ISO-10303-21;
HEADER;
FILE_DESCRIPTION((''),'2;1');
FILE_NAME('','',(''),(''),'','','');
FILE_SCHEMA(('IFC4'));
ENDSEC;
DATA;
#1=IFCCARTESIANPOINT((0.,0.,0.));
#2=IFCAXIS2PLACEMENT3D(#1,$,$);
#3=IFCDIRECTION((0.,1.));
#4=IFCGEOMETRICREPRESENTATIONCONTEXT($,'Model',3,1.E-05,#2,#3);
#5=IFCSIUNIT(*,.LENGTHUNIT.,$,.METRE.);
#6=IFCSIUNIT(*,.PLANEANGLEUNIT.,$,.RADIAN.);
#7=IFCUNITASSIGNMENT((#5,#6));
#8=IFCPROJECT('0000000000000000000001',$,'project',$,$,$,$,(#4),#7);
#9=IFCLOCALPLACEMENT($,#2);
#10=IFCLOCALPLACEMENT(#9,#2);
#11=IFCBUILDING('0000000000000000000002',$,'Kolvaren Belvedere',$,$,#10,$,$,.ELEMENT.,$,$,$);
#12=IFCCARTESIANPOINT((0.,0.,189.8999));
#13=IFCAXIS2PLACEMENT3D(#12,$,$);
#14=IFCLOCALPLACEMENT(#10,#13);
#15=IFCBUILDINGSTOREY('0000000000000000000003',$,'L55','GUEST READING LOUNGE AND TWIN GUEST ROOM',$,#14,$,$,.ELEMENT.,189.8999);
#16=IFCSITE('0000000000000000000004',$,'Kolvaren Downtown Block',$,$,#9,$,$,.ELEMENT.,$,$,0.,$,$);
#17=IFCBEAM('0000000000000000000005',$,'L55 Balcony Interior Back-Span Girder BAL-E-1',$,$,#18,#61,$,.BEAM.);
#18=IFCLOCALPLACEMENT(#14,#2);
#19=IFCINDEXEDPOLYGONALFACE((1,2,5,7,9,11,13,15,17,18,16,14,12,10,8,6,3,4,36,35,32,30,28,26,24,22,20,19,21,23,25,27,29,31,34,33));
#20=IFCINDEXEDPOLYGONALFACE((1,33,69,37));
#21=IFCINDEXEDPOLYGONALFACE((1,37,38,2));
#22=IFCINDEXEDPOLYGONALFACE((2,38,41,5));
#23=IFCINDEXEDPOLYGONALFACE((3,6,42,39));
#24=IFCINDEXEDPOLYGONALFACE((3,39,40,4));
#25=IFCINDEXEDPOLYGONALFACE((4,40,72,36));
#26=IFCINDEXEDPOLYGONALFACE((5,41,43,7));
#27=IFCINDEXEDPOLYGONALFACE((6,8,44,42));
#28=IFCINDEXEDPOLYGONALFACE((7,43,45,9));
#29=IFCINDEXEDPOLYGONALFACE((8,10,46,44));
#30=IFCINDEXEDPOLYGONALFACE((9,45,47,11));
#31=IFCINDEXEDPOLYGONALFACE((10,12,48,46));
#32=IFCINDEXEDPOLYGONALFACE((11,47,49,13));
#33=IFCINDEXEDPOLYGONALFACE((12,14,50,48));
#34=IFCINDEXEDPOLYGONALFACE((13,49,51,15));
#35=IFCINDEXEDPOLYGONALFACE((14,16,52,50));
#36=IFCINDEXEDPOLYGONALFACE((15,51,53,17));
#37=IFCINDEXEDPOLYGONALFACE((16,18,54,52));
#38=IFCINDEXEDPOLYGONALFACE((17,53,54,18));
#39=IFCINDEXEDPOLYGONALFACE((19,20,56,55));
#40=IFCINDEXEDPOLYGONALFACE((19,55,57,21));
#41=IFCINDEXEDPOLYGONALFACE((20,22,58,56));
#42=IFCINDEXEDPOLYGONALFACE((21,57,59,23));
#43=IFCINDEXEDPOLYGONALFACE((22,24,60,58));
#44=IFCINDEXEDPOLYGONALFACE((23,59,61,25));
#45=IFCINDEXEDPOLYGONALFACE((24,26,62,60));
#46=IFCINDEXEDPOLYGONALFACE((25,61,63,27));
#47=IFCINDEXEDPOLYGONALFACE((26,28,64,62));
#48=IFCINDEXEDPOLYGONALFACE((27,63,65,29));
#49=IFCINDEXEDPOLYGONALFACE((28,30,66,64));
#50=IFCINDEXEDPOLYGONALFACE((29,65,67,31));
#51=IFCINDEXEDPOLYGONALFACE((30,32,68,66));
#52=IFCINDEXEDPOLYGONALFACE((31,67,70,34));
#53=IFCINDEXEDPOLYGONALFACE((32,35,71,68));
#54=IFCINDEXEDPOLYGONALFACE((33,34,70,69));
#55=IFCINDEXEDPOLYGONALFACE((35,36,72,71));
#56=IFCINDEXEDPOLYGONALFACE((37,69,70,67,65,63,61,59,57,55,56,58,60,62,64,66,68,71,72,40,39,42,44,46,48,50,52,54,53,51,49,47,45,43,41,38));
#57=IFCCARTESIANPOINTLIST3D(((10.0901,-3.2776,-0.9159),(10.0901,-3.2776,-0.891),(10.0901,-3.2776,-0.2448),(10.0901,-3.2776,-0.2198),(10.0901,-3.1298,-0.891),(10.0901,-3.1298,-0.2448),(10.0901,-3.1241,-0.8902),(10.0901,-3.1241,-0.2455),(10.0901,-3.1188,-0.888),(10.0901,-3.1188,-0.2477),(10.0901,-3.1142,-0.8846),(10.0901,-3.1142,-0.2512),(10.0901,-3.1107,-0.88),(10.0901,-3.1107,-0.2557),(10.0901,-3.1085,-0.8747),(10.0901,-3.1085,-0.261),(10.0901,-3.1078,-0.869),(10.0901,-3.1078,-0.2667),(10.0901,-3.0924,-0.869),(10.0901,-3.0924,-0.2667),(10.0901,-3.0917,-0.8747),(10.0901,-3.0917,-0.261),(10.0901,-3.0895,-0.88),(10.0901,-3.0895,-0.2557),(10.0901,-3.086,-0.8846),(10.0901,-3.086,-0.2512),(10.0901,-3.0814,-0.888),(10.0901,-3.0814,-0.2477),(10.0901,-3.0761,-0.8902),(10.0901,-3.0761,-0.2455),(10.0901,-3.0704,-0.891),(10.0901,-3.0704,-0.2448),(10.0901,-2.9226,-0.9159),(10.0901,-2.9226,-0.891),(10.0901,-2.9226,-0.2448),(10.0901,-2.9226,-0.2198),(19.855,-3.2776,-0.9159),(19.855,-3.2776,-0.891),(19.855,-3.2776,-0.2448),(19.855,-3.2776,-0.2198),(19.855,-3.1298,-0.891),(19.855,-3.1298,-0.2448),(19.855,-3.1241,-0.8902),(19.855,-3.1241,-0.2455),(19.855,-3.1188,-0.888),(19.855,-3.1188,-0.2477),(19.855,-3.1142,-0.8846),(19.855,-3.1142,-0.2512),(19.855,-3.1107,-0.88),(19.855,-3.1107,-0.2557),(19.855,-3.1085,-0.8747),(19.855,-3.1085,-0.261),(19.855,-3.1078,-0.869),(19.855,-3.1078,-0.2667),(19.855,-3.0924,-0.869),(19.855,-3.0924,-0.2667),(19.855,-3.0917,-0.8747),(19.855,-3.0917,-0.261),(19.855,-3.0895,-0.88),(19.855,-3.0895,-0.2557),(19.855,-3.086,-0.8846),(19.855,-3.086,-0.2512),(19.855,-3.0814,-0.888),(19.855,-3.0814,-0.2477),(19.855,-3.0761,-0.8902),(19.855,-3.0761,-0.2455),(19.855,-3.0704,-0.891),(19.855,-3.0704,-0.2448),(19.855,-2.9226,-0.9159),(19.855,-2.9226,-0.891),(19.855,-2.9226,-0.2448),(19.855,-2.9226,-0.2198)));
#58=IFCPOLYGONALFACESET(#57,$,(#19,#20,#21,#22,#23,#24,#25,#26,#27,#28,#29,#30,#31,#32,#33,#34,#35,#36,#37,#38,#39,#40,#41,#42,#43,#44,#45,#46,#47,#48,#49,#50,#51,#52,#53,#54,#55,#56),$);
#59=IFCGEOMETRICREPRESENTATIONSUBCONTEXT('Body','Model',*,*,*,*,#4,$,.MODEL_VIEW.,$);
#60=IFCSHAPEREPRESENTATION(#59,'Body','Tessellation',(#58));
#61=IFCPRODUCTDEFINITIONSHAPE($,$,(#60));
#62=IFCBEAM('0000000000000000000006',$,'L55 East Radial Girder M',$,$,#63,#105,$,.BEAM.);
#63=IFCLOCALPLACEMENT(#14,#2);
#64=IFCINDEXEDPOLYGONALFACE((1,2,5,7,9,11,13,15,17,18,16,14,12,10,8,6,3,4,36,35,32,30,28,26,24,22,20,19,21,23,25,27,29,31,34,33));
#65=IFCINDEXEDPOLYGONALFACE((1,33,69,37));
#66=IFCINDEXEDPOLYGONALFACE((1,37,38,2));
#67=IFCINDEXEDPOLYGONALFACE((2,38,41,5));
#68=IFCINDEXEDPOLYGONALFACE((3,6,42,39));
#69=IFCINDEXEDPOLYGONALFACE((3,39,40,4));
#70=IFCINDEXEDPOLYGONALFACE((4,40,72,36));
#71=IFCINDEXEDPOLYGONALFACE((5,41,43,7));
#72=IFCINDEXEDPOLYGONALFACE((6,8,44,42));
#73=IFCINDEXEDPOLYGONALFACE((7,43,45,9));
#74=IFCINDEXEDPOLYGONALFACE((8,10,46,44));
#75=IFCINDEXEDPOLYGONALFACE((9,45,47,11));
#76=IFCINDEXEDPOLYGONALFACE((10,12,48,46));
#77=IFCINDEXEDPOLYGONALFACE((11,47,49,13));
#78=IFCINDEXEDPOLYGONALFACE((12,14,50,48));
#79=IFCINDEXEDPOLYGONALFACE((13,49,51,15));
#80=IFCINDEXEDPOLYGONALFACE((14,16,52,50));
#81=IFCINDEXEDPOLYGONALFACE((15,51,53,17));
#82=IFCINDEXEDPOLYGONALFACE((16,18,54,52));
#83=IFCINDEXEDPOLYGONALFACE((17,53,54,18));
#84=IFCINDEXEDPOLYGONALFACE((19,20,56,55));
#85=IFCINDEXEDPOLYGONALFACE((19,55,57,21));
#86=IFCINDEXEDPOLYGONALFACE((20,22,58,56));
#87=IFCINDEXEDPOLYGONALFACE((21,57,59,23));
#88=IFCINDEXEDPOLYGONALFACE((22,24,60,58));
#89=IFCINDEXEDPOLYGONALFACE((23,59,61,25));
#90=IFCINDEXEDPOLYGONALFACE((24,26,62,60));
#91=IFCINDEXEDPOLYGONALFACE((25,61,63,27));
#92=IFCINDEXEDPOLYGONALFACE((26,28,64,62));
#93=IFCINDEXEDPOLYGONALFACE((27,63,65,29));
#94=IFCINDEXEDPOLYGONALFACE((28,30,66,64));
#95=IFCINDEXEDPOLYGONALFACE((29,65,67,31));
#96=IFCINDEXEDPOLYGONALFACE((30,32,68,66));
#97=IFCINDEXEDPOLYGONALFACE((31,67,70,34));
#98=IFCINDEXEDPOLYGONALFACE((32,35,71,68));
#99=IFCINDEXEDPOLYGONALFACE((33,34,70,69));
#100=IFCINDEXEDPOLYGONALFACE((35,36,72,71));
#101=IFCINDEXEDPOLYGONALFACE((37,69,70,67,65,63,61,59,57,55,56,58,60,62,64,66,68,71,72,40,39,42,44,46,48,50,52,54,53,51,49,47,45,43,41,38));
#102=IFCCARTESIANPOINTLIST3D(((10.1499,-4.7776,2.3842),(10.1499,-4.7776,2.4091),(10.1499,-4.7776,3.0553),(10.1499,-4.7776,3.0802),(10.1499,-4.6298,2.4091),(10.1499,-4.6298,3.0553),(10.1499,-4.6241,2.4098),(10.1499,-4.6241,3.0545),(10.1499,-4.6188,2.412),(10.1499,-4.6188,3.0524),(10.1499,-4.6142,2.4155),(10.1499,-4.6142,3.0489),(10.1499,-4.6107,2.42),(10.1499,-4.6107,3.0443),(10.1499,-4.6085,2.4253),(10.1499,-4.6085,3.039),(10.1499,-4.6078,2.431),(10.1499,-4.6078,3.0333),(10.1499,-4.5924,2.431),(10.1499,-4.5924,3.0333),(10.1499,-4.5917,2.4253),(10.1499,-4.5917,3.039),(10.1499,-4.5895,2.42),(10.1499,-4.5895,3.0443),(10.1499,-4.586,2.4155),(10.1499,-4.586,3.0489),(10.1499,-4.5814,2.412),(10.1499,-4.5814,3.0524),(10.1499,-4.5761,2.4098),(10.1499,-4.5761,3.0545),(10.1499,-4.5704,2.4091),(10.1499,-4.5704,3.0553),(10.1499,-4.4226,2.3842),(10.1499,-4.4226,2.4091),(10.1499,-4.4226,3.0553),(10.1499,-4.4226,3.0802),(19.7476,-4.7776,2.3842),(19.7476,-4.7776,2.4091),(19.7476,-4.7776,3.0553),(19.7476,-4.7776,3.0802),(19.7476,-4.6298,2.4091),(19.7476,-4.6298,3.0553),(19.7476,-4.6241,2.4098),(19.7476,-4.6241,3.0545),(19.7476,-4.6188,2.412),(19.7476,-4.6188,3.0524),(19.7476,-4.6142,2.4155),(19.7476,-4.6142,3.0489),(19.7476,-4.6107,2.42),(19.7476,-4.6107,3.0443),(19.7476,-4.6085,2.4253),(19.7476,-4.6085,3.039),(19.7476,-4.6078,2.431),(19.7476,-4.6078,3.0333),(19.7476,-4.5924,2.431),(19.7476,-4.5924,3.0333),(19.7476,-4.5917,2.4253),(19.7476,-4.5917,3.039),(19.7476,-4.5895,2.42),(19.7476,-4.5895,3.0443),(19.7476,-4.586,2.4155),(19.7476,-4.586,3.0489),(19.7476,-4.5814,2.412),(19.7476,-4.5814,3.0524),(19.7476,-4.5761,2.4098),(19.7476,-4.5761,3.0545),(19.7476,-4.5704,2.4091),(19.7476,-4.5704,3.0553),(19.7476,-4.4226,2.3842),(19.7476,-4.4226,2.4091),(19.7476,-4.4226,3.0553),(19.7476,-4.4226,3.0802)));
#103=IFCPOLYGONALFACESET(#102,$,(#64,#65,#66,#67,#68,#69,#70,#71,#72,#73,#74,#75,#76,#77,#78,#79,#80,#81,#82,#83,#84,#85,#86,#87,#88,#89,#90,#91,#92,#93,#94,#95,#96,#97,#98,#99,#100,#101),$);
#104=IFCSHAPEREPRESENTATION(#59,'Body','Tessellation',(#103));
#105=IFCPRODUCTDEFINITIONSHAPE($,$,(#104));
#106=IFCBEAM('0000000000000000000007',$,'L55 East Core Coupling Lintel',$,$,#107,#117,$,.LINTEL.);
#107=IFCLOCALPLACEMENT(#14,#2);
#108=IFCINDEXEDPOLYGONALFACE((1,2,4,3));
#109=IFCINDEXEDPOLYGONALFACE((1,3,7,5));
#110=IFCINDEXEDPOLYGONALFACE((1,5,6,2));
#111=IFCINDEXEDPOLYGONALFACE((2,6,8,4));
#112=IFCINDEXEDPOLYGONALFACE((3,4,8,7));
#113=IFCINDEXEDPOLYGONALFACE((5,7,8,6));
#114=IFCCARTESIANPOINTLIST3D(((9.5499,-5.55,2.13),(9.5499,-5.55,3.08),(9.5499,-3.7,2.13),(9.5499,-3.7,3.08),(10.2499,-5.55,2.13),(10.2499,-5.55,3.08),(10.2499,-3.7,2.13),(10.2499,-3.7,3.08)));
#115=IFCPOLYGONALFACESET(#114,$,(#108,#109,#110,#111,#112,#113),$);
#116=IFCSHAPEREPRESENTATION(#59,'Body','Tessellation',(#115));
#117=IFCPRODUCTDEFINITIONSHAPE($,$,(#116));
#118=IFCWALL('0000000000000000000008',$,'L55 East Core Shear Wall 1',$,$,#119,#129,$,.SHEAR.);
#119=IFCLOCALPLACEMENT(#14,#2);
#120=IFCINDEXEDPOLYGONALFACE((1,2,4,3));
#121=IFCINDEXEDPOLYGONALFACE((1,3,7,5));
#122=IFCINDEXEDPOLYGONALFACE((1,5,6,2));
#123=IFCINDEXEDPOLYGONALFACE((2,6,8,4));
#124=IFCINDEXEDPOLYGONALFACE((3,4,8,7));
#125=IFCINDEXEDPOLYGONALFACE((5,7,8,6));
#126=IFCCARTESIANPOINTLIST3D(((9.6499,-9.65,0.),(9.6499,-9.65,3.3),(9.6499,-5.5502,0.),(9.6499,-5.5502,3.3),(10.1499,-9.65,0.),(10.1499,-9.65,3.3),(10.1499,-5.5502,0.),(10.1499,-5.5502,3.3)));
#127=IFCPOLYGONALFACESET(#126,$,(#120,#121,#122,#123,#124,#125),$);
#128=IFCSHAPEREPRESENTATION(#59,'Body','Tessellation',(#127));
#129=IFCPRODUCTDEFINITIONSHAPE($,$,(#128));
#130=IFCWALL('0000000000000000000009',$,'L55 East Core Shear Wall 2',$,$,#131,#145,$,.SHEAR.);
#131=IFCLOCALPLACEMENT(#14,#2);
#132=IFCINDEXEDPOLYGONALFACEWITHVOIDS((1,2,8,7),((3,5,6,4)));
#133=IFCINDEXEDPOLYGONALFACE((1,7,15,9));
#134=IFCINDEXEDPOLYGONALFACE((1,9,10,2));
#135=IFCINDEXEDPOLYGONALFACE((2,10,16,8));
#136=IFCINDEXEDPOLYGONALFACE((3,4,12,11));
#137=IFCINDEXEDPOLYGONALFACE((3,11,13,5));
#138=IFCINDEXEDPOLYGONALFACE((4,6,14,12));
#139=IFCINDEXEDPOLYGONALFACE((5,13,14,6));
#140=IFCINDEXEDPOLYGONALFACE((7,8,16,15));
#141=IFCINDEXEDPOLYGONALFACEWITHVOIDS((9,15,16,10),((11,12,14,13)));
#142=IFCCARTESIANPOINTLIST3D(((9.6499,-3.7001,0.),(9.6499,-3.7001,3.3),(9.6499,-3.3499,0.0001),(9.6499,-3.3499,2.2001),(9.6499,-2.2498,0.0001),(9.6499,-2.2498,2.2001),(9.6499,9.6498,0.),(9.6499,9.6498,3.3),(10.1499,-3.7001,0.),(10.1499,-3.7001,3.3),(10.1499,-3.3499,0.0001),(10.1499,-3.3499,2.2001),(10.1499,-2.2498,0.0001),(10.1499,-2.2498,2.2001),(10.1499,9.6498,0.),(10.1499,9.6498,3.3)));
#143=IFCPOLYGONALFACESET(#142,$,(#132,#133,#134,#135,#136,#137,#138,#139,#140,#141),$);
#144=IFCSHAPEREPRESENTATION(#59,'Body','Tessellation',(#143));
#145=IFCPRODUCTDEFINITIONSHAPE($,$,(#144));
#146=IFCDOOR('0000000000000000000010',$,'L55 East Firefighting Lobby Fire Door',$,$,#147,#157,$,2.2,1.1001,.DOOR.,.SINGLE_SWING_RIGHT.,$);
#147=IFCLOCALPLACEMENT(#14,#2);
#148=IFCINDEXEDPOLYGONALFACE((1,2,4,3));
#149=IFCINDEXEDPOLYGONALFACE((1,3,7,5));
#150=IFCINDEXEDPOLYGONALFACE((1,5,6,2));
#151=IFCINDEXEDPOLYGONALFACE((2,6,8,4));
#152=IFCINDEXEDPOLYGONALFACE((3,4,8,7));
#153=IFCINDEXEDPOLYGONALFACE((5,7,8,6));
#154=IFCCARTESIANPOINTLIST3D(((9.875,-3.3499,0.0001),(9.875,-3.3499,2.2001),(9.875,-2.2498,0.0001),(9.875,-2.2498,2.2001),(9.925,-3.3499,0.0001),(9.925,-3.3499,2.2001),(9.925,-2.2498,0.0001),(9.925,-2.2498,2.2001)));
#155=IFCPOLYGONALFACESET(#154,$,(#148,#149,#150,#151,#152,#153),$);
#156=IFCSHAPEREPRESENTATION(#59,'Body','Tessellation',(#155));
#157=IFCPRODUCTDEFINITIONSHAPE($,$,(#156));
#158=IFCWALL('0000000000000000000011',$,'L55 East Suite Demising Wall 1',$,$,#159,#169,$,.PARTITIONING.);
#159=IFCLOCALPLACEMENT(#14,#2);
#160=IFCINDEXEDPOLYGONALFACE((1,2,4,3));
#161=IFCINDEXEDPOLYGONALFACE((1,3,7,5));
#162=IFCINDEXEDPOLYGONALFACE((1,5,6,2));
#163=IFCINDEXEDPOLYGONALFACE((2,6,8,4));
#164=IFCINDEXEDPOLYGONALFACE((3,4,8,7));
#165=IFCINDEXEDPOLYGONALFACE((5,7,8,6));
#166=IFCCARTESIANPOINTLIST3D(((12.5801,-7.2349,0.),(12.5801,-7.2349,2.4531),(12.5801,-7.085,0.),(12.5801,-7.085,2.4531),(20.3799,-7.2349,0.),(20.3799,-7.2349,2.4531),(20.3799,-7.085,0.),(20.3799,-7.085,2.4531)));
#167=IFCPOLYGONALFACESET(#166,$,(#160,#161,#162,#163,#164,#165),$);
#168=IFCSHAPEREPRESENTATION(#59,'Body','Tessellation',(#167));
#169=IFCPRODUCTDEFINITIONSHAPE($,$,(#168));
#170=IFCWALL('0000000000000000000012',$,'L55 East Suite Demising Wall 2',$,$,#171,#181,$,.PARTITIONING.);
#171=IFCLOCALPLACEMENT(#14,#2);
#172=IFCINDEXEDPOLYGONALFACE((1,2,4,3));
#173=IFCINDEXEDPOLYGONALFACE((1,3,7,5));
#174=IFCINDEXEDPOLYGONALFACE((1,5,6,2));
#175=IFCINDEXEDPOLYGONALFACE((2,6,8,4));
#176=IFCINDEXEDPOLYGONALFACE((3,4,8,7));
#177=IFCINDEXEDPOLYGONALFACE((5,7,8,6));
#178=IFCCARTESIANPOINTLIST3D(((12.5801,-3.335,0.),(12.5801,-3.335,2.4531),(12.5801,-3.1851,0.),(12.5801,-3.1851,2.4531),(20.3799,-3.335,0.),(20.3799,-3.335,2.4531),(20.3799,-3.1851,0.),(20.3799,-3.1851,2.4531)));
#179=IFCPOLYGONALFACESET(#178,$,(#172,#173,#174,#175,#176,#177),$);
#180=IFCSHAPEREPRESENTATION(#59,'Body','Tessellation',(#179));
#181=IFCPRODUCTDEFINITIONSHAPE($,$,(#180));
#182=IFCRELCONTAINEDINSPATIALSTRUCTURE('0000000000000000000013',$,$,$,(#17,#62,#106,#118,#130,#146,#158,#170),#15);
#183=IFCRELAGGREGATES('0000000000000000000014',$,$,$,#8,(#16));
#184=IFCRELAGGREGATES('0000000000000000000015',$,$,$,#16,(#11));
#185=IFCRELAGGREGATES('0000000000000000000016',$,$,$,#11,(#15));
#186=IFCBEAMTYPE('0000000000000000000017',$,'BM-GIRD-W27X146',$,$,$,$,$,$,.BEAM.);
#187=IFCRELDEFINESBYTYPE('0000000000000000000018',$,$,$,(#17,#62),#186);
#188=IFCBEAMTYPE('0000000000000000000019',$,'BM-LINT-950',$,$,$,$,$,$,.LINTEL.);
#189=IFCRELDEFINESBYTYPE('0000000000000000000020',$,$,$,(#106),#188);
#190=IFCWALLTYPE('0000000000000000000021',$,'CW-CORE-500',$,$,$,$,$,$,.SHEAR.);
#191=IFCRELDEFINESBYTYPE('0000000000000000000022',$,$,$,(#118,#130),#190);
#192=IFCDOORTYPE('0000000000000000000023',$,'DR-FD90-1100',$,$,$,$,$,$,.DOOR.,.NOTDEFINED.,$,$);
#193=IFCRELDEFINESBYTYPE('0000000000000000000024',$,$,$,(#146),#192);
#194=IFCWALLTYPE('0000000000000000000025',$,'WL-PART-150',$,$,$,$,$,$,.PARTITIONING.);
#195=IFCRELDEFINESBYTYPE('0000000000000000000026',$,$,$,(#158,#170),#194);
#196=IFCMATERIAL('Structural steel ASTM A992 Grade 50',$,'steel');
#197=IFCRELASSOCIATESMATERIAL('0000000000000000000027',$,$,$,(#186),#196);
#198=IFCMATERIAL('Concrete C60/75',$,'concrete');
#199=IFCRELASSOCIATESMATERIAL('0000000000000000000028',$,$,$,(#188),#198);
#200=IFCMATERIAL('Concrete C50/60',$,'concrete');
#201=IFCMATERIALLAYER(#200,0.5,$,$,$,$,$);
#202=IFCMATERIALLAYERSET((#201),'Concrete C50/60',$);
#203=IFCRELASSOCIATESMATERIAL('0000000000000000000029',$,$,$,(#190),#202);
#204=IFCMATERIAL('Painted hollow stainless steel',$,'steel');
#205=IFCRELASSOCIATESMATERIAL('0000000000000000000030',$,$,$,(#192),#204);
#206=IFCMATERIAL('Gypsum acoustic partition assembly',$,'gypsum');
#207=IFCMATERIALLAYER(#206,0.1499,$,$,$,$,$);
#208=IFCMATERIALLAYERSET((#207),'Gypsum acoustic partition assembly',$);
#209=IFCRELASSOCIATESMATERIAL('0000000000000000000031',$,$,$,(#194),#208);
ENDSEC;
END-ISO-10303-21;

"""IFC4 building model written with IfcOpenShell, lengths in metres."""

from ifc_helpers import new_model, si_unit, direction, frame, frame_2d, origin, origin_2d, place, context, subcontext, project, spatial, rectangle, i_section, extrude, material, layer, layer_set, material_profile, profile_set, type_object, element, fill, save


model = new_model("IFC4")

# Units and contexts
model_context = context("Model", 3, precision=1e-05, world=origin(), true_north=direction((0.0, 1.0)))
body_context = subcontext(model_context, "Body", "Model", "MODEL_VIEW")
ifc_project = project(units=[si_unit("LENGTHUNIT", "METRE"), si_unit("PLANEANGLEUNIT", "RADIAN")], contexts=[model_context])

# Site, building, storey
site_placement = place(None, origin())
site = spatial("IfcSite", under=ifc_project, at=site_placement, Name="Kolvaren Downtown Block", CompositionType="ELEMENT", RefElevation=0.0)
building_placement = place(site_placement, origin())
building = spatial("IfcBuilding", under=site, at=building_placement, Name="Kolvaren Belvedere", CompositionType="ELEMENT")
storey_placement = place(building_placement, frame((0.0, 0.0, 189.8999)))
storey = spatial("IfcBuildingStorey", under=building, at=storey_placement, Name="L55", Description="GUEST READING LOUNGE AND TWIN GUEST ROOM", CompositionType="ELEMENT", Elevation=189.8999)

# Beams
ifc_material_1 = material(Name="Structural steel ASTM A992 Grade 50", Category="steel")
ifc_material_profile_1 = material_profile(ifc_material_1, i_section(OverallWidth=0.355, OverallDepth=0.696, WebThickness=0.0154, FlangeThickness=0.0249, FilletRadius=0.022, at=origin_2d()), Name="W27X146")
ifc_profile_set_1 = profile_set([ifc_material_profile_1], Name="Structural steel ASTM A992 Grade 50")
beam_type_1 = type_object("IfcBeamType", Name="BM-GIRD-W27X146", PredefinedType="BEAM", material=ifc_profile_set_1)
beam_1_placement = place(storey_placement, frame((10.0901, -3.1001, -0.5679), z_axis=(1.0, 0.0, 0.0), x_axis=(0.0, 1.0, 0.0)))
element("IfcBeam", 1, at=beam_1_placement, inside=storey, type_object=beam_type_1, Name="L55 Balcony Interior Back-Span Girder BAL-E-1", PredefinedType="BEAM", context=body_context, shape_type="SweptSolid", body=[
    extrude(i_section(OverallWidth=0.355, OverallDepth=0.696, WebThickness=0.0154, FlangeThickness=0.0249, FilletRadius=0.022, at=origin_2d()), origin(), (0.0, 0.0, 1.0), 9.7649),
])
beam_2_placement = place(storey_placement, frame((10.1499, -4.6001, 2.7322), z_axis=(1.0, 0.0, 0.0), x_axis=(0.0, 1.0, 0.0)))
element("IfcBeam", 2, at=beam_2_placement, inside=storey, type_object=beam_type_1, Name="L55 East Radial Girder M", PredefinedType="BEAM", context=body_context, shape_type="SweptSolid", body=[
    extrude(i_section(OverallWidth=0.355, OverallDepth=0.696, WebThickness=0.0154, FlangeThickness=0.0249, FilletRadius=0.022, at=origin_2d()), origin(), (0.0, 0.0, 1.0), 9.5977),
])
ifc_material_2 = material(Name="Concrete C60/75", Category="concrete")
ifc_material_profile_2 = material_profile(ifc_material_2, rectangle(XDim=0.7, YDim=0.95, at=origin_2d()), Name="RC 700X950")
ifc_profile_set_2 = profile_set([ifc_material_profile_2], Name="Concrete C60/75")
beam_type_2 = type_object("IfcBeamType", Name="BM-LINT-950", PredefinedType="LINTEL", material=ifc_profile_set_2)
beam_3_placement = place(storey_placement, frame((9.8999, -5.55, 2.605), z_axis=(0.0, 1.0, 0.0), x_axis=(-1.0, 0.0, 0.0)))
element("IfcBeam", 3, at=beam_3_placement, inside=storey, type_object=beam_type_2, Name="L55 East Core Coupling Lintel", PredefinedType="LINTEL", context=body_context, shape_type="SweptSolid", body=[
    extrude(rectangle(XDim=0.7, YDim=0.95, at=origin_2d()), origin(), (0.0, 0.0, 1.0), 1.8501),
])

# Wall
ifc_material_3 = material(Name="Concrete C50/60", Category="concrete")
ifc_layer_1 = layer(ifc_material_3, 0.5)
ifc_layer_set_1 = layer_set([ifc_layer_1], Name="Concrete C50/60")
wall_type_1 = type_object("IfcWallType", Name="CW-CORE-500", PredefinedType="SHEAR", material=ifc_layer_set_1)
wall_1_placement = place(storey_placement, frame((9.8999, -9.6499, 0.0), z_axis=(0.0, 0.0, 1.0), x_axis=(0.0, 1.0, 0.0)))
element("IfcWall", 4, at=wall_1_placement, inside=storey, type_object=wall_type_1, Name="L55 East Core Shear Wall 1", PredefinedType="SHEAR", context=body_context, shape_type="SweptSolid", body=[
    extrude(rectangle(XDim=4.0999, YDim=0.5, at=frame_2d((2.0498, 0.0))), origin(), (0.0, 0.0, 1.0), 3.3),
])

# Wall, opening, door
wall_2_placement = place(storey_placement, frame((9.8999, -3.7, 0.0), z_axis=(0.0, 0.0, 1.0), x_axis=(0.0, 1.0, 0.0)))
wall_2 = element("IfcWall", 5, at=wall_2_placement, inside=storey, type_object=wall_type_1, Name="L55 East Core Shear Wall 2", PredefinedType="SHEAR", context=body_context, shape_type="SweptSolid", body=[
    extrude(rectangle(XDim=13.3499, YDim=0.5, at=frame_2d((6.6748, 0.0))), origin(), (0.0, 0.0, 1.0), 3.3),
])
opening_1_placement = place(wall_2_placement, frame((0.3501, 0.0, 0.0)))
opening_1 = element("IfcOpeningElement", 6, at=opening_1_placement, cuts=wall_2, PredefinedType="OPENING", context=body_context, shape_type="SweptSolid", body=[
    extrude(rectangle(XDim=1.1001, YDim=2.2, at=frame_2d((0.55, 1.1001))), frame((0.0, 0.26, 0.0), z_axis=(0.0, -1.0, 0.0), x_axis=(1.0, 0.0, 0.0)), (0.0, 0.0, 1.0), 0.52),
])
ifc_material_4 = material(Name="Painted hollow stainless steel", Category="steel")
door_type_1 = type_object("IfcDoorType", Name="DR-FD90-1100", OperationType="NOTDEFINED", PredefinedType="DOOR", material=ifc_material_4)
door_1_placement = place(opening_1_placement, origin())
door_1 = element("IfcDoor", 7, at=door_1_placement, inside=storey, type_object=door_type_1, Name="L55 East Firefighting Lobby Fire Door", OperationType="SINGLE_SWING_RIGHT", OverallHeight=2.2, OverallWidth=1.1001, PredefinedType="DOOR", context=body_context, shape_type="SweptSolid", body=[
    extrude(rectangle(XDim=1.1001, YDim=2.2, at=frame_2d((0.55, 1.1001))), frame((0.0, 0.0249, 0.0), z_axis=(0.0, -1.0, 0.0), x_axis=(1.0, 0.0, 0.0)), (0.0, 0.0, 1.0), 0.05),
])
fill(opening_1, door_1)

# Walls
ifc_material_5 = material(Name="Gypsum acoustic partition assembly", Category="gypsum")
ifc_layer_2 = layer(ifc_material_5, 0.1499)
ifc_layer_set_2 = layer_set([ifc_layer_2], Name="Gypsum acoustic partition assembly")
wall_type_2 = type_object("IfcWallType", Name="WL-PART-150", PredefinedType="PARTITIONING", material=ifc_layer_set_2)
for number, where, z_axis, x_axis, name in (
    (8, (12.5801, -7.1599, 0.0), (0.0, 0.0, 1.0), (1.0, 0.0, 0.0), "L55 East Suite Demising Wall 1"),
    (9, (12.5801, -3.26, 0.0), (0.0, 0.0, 1.0), (1.0, 0.0, 0.0), "L55 East Suite Demising Wall 2"),
):
    element("IfcWall", number, at=place(storey_placement, frame(where, z_axis=z_axis, x_axis=x_axis)), inside=storey, type_object=wall_type_2, Name=name, PredefinedType="PARTITIONING", context=body_context, shape_type="SweptSolid", body=[
        extrude(rectangle(XDim=7.7998, YDim=0.1499, at=frame_2d((3.8999, 0.0))), origin(), (0.0, 0.0, 1.0), 2.4531),
    ])

save(model, "model.ifc")
